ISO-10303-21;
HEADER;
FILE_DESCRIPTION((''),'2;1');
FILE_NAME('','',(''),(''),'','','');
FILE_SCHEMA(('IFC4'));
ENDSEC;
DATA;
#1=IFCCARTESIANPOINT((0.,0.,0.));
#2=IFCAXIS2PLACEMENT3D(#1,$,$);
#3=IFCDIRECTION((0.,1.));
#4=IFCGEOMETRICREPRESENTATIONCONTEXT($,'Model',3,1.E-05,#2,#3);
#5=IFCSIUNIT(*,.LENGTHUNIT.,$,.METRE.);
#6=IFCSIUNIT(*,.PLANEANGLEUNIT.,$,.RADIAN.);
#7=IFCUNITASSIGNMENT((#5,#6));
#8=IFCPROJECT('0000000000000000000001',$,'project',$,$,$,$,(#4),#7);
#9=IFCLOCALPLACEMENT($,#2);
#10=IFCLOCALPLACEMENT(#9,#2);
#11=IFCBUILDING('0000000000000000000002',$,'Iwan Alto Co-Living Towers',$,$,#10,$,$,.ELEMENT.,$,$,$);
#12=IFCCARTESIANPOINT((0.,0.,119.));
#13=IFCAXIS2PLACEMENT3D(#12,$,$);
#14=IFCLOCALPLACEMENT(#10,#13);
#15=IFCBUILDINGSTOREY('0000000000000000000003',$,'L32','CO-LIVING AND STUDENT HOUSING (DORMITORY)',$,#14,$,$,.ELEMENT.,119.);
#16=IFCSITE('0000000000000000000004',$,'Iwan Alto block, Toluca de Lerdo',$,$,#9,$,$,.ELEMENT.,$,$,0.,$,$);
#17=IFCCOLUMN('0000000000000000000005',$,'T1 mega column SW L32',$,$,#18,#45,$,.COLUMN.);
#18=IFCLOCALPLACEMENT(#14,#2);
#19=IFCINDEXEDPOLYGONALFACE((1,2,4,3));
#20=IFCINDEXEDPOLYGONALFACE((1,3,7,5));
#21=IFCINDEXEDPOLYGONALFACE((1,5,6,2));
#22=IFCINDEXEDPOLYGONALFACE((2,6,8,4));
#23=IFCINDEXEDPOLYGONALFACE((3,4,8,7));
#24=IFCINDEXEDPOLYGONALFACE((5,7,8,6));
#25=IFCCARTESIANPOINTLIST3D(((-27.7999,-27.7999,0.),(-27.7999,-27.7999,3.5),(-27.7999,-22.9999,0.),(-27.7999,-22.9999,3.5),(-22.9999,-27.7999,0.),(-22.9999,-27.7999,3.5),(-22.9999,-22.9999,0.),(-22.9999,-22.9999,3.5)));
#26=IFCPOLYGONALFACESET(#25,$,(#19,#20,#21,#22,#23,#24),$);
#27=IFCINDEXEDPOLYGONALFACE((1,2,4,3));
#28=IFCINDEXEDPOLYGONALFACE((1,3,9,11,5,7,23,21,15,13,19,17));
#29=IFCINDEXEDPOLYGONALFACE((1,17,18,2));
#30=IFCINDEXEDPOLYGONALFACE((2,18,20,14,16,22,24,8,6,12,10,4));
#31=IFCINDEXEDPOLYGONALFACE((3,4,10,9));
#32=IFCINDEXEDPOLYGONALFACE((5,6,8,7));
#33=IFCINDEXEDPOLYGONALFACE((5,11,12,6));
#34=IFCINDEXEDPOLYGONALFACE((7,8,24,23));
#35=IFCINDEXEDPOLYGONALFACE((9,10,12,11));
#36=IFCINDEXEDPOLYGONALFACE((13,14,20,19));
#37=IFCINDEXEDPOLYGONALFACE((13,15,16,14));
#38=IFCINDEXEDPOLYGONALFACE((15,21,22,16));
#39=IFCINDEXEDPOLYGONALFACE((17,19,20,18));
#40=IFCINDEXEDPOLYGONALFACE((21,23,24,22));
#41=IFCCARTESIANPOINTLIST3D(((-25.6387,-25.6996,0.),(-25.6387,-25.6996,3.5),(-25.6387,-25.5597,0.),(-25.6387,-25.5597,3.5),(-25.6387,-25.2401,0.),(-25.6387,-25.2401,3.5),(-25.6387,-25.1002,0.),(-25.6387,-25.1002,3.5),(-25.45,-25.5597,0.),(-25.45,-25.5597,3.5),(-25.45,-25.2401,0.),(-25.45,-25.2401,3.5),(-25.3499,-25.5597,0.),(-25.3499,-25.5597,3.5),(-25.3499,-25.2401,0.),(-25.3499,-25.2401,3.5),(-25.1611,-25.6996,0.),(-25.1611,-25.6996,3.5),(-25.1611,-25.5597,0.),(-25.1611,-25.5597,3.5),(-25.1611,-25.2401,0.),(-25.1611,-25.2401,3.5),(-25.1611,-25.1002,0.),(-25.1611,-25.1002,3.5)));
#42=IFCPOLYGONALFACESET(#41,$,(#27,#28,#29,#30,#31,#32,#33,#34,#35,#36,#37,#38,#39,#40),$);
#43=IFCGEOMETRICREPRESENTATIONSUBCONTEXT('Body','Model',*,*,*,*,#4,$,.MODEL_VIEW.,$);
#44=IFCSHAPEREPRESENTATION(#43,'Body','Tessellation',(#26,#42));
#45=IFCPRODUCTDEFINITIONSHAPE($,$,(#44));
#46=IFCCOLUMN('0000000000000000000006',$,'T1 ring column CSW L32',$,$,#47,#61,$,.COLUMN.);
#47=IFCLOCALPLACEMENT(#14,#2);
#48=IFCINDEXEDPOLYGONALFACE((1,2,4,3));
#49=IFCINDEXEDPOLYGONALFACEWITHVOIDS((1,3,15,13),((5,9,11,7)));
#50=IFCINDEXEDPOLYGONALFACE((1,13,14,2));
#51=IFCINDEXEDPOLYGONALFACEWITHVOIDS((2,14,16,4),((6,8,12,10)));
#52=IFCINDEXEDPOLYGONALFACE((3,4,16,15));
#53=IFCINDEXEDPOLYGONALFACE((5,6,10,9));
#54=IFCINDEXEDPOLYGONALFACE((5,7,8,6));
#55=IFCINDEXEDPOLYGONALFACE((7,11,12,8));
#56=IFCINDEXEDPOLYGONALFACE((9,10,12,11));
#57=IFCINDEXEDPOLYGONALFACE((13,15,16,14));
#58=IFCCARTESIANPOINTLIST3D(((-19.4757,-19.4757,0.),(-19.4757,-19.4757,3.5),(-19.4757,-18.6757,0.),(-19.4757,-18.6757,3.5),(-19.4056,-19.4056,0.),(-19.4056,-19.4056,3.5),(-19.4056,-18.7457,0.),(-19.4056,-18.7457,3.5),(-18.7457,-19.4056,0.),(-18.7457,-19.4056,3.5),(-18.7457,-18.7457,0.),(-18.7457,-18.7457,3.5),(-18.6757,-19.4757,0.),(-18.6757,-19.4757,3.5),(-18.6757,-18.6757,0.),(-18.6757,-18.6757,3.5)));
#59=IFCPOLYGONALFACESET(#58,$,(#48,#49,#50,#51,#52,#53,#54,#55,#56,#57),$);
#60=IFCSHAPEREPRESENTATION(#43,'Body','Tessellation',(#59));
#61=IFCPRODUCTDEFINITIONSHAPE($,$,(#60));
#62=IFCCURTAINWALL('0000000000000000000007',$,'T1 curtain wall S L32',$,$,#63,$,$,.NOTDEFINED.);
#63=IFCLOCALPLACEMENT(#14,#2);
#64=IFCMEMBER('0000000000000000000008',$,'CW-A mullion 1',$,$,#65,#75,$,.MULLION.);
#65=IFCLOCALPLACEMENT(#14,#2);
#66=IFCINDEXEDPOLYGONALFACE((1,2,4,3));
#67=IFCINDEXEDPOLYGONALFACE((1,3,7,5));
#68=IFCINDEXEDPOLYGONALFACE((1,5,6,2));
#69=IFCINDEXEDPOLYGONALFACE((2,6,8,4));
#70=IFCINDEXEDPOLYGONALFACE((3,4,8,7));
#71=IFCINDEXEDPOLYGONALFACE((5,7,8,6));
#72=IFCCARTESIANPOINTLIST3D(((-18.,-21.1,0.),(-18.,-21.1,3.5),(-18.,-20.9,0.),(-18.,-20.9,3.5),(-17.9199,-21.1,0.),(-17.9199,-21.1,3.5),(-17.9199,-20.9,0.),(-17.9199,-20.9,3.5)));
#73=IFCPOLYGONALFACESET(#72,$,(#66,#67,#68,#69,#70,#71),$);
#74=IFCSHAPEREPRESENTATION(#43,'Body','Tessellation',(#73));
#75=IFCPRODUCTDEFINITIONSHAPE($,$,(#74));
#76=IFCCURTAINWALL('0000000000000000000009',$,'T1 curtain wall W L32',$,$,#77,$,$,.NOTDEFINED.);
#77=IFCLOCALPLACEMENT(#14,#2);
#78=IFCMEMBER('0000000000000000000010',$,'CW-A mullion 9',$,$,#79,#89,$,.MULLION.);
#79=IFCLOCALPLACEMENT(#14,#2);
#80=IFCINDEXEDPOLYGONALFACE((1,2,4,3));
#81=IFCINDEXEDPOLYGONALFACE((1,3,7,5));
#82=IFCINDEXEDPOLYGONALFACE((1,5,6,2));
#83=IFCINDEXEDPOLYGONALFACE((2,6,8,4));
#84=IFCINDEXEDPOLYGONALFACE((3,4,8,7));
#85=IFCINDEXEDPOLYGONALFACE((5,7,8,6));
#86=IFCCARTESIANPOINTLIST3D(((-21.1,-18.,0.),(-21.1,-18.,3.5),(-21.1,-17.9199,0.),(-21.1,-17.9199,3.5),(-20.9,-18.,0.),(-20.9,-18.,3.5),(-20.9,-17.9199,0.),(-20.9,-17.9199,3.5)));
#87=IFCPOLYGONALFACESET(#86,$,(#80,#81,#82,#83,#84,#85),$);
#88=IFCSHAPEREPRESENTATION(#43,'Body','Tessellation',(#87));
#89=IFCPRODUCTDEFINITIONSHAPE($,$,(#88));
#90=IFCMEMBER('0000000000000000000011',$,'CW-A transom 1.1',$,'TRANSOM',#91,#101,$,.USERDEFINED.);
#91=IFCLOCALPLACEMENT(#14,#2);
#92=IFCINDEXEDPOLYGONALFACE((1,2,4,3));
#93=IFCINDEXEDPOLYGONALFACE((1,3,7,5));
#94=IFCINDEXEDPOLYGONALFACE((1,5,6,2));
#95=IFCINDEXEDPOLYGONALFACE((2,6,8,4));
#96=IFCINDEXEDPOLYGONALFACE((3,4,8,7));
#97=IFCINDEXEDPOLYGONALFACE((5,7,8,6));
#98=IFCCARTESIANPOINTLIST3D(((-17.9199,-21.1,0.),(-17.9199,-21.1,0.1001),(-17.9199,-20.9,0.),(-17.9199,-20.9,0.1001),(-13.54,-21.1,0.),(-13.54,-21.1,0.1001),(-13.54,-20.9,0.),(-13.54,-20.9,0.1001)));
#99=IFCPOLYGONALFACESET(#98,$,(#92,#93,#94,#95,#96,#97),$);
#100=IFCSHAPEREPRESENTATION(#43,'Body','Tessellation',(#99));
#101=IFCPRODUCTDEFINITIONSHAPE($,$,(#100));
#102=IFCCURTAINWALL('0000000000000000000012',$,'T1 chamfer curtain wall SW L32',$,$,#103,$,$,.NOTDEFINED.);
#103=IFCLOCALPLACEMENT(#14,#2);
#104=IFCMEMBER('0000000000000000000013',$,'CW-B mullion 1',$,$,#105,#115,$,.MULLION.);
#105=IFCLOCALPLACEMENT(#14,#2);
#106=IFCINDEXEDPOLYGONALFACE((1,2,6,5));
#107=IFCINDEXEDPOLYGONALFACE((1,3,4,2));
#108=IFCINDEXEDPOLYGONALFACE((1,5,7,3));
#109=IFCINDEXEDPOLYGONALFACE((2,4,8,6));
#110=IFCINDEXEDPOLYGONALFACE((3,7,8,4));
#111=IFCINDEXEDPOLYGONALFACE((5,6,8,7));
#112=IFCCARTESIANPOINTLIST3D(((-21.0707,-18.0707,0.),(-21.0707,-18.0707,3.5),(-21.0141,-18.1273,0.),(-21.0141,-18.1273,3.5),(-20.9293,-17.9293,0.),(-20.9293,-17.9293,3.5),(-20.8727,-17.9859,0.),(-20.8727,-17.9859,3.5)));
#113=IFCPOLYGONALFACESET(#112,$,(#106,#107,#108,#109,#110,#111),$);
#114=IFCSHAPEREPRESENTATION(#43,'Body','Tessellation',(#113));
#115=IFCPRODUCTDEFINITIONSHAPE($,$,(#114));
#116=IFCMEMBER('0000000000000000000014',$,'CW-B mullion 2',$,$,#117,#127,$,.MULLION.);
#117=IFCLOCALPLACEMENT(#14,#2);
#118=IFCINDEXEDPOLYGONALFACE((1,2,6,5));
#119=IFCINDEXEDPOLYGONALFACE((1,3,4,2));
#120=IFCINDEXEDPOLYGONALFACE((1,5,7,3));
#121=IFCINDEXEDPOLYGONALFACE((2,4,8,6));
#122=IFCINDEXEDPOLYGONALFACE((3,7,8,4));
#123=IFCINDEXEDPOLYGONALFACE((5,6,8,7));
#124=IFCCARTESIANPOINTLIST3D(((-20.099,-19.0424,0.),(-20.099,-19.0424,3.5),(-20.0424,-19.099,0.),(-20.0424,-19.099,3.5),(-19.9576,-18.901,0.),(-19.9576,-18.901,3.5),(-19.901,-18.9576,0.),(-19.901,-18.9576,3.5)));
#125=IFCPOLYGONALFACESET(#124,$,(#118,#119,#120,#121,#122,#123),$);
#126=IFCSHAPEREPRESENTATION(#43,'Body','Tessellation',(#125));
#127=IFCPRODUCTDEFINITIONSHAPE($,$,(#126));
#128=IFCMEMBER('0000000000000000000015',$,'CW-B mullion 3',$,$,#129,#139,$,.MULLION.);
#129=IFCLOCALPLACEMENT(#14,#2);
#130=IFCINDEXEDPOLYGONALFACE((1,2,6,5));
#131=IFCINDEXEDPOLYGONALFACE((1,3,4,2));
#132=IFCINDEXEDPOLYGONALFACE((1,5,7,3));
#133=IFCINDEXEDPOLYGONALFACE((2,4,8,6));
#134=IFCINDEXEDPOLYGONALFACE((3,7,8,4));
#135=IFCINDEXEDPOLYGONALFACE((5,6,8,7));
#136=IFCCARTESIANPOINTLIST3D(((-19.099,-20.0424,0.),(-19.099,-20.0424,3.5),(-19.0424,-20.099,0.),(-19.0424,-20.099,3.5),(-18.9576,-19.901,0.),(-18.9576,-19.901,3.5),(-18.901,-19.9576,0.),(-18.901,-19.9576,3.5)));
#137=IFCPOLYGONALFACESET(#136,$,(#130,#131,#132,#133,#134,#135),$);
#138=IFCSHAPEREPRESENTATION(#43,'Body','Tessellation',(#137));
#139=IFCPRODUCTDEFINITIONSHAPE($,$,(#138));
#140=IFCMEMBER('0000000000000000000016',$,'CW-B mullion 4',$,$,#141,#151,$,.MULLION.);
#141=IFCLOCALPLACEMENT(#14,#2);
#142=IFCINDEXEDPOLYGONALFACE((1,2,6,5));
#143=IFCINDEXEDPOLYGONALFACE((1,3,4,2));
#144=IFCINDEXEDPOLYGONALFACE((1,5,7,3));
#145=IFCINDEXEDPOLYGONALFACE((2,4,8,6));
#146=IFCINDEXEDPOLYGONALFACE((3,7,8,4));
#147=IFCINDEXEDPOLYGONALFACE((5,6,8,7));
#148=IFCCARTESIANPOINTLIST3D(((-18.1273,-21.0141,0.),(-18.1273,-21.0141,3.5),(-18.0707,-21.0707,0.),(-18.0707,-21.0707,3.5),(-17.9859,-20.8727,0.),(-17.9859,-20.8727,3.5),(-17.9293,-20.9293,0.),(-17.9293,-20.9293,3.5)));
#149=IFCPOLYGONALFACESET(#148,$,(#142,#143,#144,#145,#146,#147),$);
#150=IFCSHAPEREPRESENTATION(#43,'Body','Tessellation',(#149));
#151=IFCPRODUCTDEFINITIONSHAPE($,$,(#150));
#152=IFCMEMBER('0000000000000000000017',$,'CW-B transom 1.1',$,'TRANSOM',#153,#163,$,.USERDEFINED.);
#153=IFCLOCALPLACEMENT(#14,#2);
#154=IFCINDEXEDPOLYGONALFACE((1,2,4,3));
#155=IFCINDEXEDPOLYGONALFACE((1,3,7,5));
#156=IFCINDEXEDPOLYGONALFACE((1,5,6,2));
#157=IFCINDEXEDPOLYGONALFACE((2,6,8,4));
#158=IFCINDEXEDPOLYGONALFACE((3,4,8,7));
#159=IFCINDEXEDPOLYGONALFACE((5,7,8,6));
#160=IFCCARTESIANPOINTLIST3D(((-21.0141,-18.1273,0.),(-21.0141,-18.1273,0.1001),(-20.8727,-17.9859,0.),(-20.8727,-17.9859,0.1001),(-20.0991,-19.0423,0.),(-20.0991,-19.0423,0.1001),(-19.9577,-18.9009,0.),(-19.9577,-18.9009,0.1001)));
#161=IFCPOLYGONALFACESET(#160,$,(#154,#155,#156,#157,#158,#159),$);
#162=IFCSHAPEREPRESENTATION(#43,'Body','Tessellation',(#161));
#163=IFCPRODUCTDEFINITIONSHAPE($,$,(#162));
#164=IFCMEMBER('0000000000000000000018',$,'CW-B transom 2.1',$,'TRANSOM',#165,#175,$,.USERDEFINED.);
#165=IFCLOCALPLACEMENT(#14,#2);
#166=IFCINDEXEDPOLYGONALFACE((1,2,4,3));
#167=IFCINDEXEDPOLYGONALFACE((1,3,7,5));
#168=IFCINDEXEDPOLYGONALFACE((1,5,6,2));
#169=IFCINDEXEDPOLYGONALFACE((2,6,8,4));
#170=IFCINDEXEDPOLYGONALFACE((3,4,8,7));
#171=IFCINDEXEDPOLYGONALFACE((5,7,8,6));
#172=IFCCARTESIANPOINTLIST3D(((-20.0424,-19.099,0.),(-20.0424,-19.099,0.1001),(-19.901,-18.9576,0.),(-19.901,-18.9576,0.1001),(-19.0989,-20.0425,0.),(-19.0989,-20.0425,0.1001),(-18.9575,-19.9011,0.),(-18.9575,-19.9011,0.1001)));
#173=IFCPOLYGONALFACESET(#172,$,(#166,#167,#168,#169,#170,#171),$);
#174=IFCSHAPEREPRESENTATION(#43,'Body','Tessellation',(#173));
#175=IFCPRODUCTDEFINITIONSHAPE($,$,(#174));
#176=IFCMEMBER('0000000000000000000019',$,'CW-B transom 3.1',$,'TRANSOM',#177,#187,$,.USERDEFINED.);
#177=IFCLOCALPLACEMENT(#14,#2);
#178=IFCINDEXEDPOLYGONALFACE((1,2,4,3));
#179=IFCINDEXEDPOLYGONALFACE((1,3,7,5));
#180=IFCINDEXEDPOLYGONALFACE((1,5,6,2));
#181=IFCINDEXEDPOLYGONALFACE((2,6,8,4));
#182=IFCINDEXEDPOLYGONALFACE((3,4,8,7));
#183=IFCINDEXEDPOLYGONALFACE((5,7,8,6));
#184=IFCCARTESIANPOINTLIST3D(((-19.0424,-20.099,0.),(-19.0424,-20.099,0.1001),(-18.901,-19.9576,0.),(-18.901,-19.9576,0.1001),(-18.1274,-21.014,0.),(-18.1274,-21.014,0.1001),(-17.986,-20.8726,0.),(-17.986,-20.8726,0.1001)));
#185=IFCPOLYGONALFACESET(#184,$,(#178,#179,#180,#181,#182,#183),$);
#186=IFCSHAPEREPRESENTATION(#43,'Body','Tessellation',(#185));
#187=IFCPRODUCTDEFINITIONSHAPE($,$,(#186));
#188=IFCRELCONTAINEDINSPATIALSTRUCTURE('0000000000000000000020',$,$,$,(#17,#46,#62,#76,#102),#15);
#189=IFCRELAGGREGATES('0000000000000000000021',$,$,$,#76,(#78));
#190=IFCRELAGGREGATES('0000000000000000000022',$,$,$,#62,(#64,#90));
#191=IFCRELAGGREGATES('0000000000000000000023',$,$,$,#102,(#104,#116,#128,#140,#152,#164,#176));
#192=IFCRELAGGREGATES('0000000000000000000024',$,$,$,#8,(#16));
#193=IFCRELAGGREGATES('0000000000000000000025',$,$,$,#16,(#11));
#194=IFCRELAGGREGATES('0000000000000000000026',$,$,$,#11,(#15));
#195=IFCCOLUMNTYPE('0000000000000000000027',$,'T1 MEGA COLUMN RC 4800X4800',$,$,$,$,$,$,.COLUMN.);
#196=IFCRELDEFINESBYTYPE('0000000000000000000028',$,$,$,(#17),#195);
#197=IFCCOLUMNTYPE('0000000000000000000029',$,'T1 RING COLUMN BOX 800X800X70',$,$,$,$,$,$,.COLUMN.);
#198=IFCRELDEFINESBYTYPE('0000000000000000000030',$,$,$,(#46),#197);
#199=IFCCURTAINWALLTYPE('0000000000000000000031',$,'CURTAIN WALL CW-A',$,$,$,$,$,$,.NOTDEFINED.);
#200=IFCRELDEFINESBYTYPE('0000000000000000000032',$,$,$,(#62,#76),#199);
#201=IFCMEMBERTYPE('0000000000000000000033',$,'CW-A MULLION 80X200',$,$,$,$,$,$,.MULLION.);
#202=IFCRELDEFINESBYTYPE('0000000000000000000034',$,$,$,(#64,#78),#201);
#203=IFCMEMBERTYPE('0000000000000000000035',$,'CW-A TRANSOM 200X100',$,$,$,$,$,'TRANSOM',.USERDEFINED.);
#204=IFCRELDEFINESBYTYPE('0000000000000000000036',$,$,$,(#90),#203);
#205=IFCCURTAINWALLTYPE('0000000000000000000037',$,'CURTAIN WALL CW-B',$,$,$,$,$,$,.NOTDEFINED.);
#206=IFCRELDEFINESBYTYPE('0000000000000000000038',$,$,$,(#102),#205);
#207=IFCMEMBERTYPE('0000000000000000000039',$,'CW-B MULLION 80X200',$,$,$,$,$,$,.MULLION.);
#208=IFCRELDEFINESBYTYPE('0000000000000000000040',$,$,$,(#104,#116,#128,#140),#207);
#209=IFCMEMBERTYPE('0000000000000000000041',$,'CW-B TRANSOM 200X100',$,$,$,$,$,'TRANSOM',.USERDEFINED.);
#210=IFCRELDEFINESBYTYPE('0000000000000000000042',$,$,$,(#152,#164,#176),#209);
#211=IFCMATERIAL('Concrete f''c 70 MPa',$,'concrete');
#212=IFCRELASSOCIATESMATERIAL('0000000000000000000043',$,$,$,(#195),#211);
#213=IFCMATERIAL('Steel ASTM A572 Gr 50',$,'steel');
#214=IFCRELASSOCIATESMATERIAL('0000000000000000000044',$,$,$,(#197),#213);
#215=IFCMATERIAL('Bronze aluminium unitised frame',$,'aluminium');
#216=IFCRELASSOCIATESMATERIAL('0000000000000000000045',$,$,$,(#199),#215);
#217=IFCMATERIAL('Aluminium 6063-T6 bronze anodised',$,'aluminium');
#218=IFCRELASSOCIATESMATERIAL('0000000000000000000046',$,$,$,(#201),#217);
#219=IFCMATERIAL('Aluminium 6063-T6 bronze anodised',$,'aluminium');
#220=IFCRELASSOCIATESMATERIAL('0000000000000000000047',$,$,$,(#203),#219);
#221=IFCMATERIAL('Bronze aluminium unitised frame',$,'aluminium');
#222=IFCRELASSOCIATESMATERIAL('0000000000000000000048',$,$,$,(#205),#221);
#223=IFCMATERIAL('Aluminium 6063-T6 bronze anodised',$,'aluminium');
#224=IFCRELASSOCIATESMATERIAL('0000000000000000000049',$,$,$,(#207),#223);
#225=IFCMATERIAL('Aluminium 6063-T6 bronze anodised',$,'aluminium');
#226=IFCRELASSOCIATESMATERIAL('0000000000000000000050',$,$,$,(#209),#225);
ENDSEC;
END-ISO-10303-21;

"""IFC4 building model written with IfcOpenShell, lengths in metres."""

from ifc_helpers import new_model, si_unit, direction, frame, origin, origin_2d, place, context, subcontext, project, spatial, rectangle, hollow_rectangle, i_section, extrude, material, material_profile, profile_set, type_object, element, aggregate, save


model = new_model("IFC4")

# Units and contexts
model_context = context("Model", 3, precision=1e-05, world=origin(), true_north=direction((0.0, 1.0)))
body_context = subcontext(model_context, "Body", "Model", "MODEL_VIEW")
ifc_project = project(units=[si_unit("LENGTHUNIT", "METRE"), si_unit("PLANEANGLEUNIT", "RADIAN")], contexts=[model_context])

# Site, building, storey
site_placement = place(None, origin())
site = spatial("IfcSite", under=ifc_project, at=site_placement, Name="Iwan Alto block, Toluca de Lerdo", CompositionType="ELEMENT", RefElevation=0.0)
building_placement = place(site_placement, origin())
building = spatial("IfcBuilding", under=site, at=building_placement, Name="Iwan Alto Co-Living Towers", CompositionType="ELEMENT")
storey_placement = place(building_placement, frame((0.0, 0.0, 119.0)))
storey = spatial("IfcBuildingStorey", under=building, at=storey_placement, Name="L32", Description="CO-LIVING AND STUDENT HOUSING (DORMITORY)", CompositionType="ELEMENT", Elevation=119.0)

# Columns
ifc_material_1 = material(Name="Concrete f'c 70 MPa", Category="concrete")
ifc_material_profile_1 = material_profile(ifc_material_1, rectangle(XDim=4.8, YDim=4.8, at=origin_2d()), Name="RC 4800X4800")
ifc_profile_set_1 = profile_set([ifc_material_profile_1], Name="Concrete f'c 70 MPa")
column_type_1 = type_object("IfcColumnType", Name="T1 MEGA COLUMN RC 4800X4800", PredefinedType="COLUMN", material=ifc_profile_set_1)
column_1_placement = place(storey_placement, frame((-25.3999, -25.3999, 0.0), z_axis=(0.0, 0.0, 1.0), x_axis=(1.0, 0.0, 0.0)))
element("IfcColumn", 1, at=column_1_placement, inside=storey, type_object=column_type_1, Name="T1 mega column SW L32", PredefinedType="COLUMN", context=body_context, shape_type="SweptSolid", body=[
    extrude(rectangle(XDim=4.8, YDim=4.8, at=origin_2d()), origin(), (0.0, 0.0, 1.0), 3.5),
    extrude(i_section(OverallWidth=0.4775, OverallDepth=0.5994, WebThickness=0.1001, FlangeThickness=0.1399, at=origin_2d()), origin(), (0.0, 0.0, 1.0), 3.5),
])
ifc_material_2 = material(Name="Steel ASTM A572 Gr 50", Category="steel")
ifc_material_profile_2 = material_profile(ifc_material_2, hollow_rectangle(XDim=0.8, YDim=0.8, WallThickness=0.0701, at=origin_2d()), Name="BOX 800X800X70")
ifc_profile_set_2 = profile_set([ifc_material_profile_2], Name="Steel ASTM A572 Gr 50")
column_type_2 = type_object("IfcColumnType", Name="T1 RING COLUMN BOX 800X800X70", PredefinedType="COLUMN", material=ifc_profile_set_2)
column_2_placement = place(storey_placement, frame((-19.0757, -19.0757, 0.0), z_axis=(0.0, 0.0, 1.0), x_axis=(1.0, 0.0, 0.0)))
element("IfcColumn", 2, at=column_2_placement, inside=storey, type_object=column_type_2, Name="T1 ring column CSW L32", PredefinedType="COLUMN", context=body_context, shape_type="SweptSolid", body=[
    extrude(hollow_rectangle(XDim=0.8, YDim=0.8, WallThickness=0.0701, at=origin_2d()), origin(), (0.0, 0.0, 1.0), 3.5),
])

# Curtain walls, members
ifc_material_3 = material(Name="Bronze aluminium unitised frame", Category="aluminium")
curtain_wall_type_1 = type_object("IfcCurtainWallType", Name="CURTAIN WALL CW-A", PredefinedType="NOTDEFINED", material=ifc_material_3)
curtain_wall_1_placement = place(storey_placement, origin())
curtain_wall_1 = element("IfcCurtainWall", 3, at=curtain_wall_1_placement, inside=storey, type_object=curtain_wall_type_1, Name="T1 curtain wall S L32", PredefinedType="NOTDEFINED")
ifc_material_4 = material(Name="Aluminium 6063-T6 bronze anodised", Category="aluminium")
ifc_material_profile_3 = material_profile(ifc_material_4, rectangle(XDim=0.2, YDim=0.0801, at=origin_2d()), Name="AL 80X200")
ifc_profile_set_3 = profile_set([ifc_material_profile_3], Name="Aluminium 6063-T6 bronze anodised")
member_type_1 = type_object("IfcMemberType", Name="CW-A MULLION 80X200", PredefinedType="MULLION", material=ifc_profile_set_3)
member_1_placement = place(storey_placement, frame((-17.96, -21.0, 0.0), z_axis=(0.0, 0.0, 1.0), x_axis=(0.0, 1.0, 0.0)))
member_1 = element("IfcMember", 4, at=member_1_placement, type_object=member_type_1, Name="CW-A mullion 1", PredefinedType="MULLION", context=body_context, shape_type="SweptSolid", body=[
    extrude(rectangle(XDim=0.2, YDim=0.0801, at=origin_2d()), origin(), (0.0, 0.0, 1.0), 3.5),
])
curtain_wall_2_placement = place(storey_placement, origin())
curtain_wall_2 = element("IfcCurtainWall", 5, at=curtain_wall_2_placement, inside=storey, type_object=curtain_wall_type_1, Name="T1 curtain wall W L32", PredefinedType="NOTDEFINED")
member_2_placement = place(storey_placement, frame((-21.0, -17.96, 0.0), z_axis=(0.0, 0.0, 1.0), x_axis=(1.0, 0.0, 0.0)))
member_2 = element("IfcMember", 6, at=member_2_placement, type_object=member_type_1, Name="CW-A mullion 9", PredefinedType="MULLION", context=body_context, shape_type="SweptSolid", body=[
    extrude(rectangle(XDim=0.2, YDim=0.0801, at=origin_2d()), origin(), (0.0, 0.0, 1.0), 3.5),
])
aggregate(curtain_wall_2, [member_2])

# Member
ifc_material_5 = material(Name="Aluminium 6063-T6 bronze anodised", Category="aluminium")
ifc_material_profile_4 = material_profile(ifc_material_5, rectangle(XDim=0.2, YDim=0.1001, at=origin_2d()), Name="AL 200X100")
ifc_profile_set_4 = profile_set([ifc_material_profile_4], Name="Aluminium 6063-T6 bronze anodised")
member_type_2 = type_object("IfcMemberType", Name="CW-A TRANSOM 200X100", ElementType="TRANSOM", PredefinedType="USERDEFINED", material=ifc_profile_set_4)
member_3_placement = place(storey_placement, frame((-17.9199, -21.0, 0.05), z_axis=(1.0, 0.0, 0.0), x_axis=(0.0, 1.0, 0.0)))
member_3 = element("IfcMember", 7, at=member_3_placement, type_object=member_type_2, Name="CW-A transom 1.1", ObjectType="TRANSOM", PredefinedType="USERDEFINED", context=body_context, shape_type="SweptSolid", body=[
    extrude(rectangle(XDim=0.2, YDim=0.1001, at=origin_2d()), origin(), (0.0, 0.0, 1.0), 4.3799),
])

# Curtain wall, members
ifc_material_6 = material(Name="Bronze aluminium unitised frame", Category="aluminium")
curtain_wall_type_2 = type_object("IfcCurtainWallType", Name="CURTAIN WALL CW-B", PredefinedType="NOTDEFINED", material=ifc_material_6)
curtain_wall_3_placement = place(storey_placement, origin())
curtain_wall_3 = element("IfcCurtainWall", 8, at=curtain_wall_3_placement, inside=storey, type_object=curtain_wall_type_2, Name="T1 chamfer curtain wall SW L32", PredefinedType="NOTDEFINED")
ifc_material_7 = material(Name="Aluminium 6063-T6 bronze anodised", Category="aluminium")
ifc_material_profile_5 = material_profile(ifc_material_7, rectangle(XDim=0.2, YDim=0.0801, at=origin_2d()), Name="AL 80X200")
ifc_profile_set_5 = profile_set([ifc_material_profile_5], Name="Aluminium 6063-T6 bronze anodised")
member_type_3 = type_object("IfcMemberType", Name="CW-B MULLION 80X200", PredefinedType="MULLION", material=ifc_profile_set_5)
member_4_placement = place(storey_placement, frame((-20.9717, -18.0283, 0.0), z_axis=(0.0, 0.0, 1.0), x_axis=(0.707107, 0.707107, 0.0)))
member_4 = element("IfcMember", 9, at=member_4_placement, type_object=member_type_3, Name="CW-B mullion 1", PredefinedType="MULLION", context=body_context, shape_type="SweptSolid", body=[
    extrude(rectangle(XDim=0.2, YDim=0.0801, at=origin_2d()), origin(), (0.0, 0.0, 1.0), 3.5),
])
member_5_placement = place(storey_placement, frame((-20.0, -19.0, 0.0), z_axis=(0.0, 0.0, 1.0), x_axis=(0.707107, 0.707107, 0.0)))
member_5 = element("IfcMember", 10, at=member_5_placement, type_object=member_type_3, Name="CW-B mullion 2", PredefinedType="MULLION", context=body_context, shape_type="SweptSolid", body=[
    extrude(rectangle(XDim=0.2, YDim=0.0801, at=origin_2d()), origin(), (0.0, 0.0, 1.0), 3.5),
])
member_6_placement = place(storey_placement, frame((-19.0, -20.0, 0.0), z_axis=(0.0, 0.0, 1.0), x_axis=(0.707107, 0.707107, 0.0)))
member_6 = element("IfcMember", 11, at=member_6_placement, type_object=member_type_3, Name="CW-B mullion 3", PredefinedType="MULLION", context=body_context, shape_type="SweptSolid", body=[
    extrude(rectangle(XDim=0.2, YDim=0.0801, at=origin_2d()), origin(), (0.0, 0.0, 1.0), 3.5),
])
member_7_placement = place(storey_placement, frame((-18.0283, -20.9717, 0.0), z_axis=(0.0, 0.0, 1.0), x_axis=(0.707107, 0.707107, 0.0)))
member_7 = element("IfcMember", 12, at=member_7_placement, type_object=member_type_3, Name="CW-B mullion 4", PredefinedType="MULLION", context=body_context, shape_type="SweptSolid", body=[
    extrude(rectangle(XDim=0.2, YDim=0.0801, at=origin_2d()), origin(), (0.0, 0.0, 1.0), 3.5),
])
ifc_material_8 = material(Name="Aluminium 6063-T6 bronze anodised", Category="aluminium")
ifc_material_profile_6 = material_profile(ifc_material_8, rectangle(XDim=0.2, YDim=0.1001, at=origin_2d()), Name="AL 200X100")
ifc_profile_set_6 = profile_set([ifc_material_profile_6], Name="Aluminium 6063-T6 bronze anodised")
member_type_4 = type_object("IfcMemberType", Name="CW-B TRANSOM 200X100", ElementType="TRANSOM", PredefinedType="USERDEFINED", material=ifc_profile_set_6)
member_8_placement = place(storey_placement, frame((-20.9434, -18.0566, 0.05), z_axis=(0.707107, -0.707107, 0.0), x_axis=(0.707107, 0.707107, 0.0)))
member_8 = element("IfcMember", 13, at=member_8_placement, type_object=member_type_4, Name="CW-B transom 1.1", ObjectType="TRANSOM", PredefinedType="USERDEFINED", context=body_context, shape_type="SweptSolid", body=[
    extrude(rectangle(XDim=0.2, YDim=0.1001, at=origin_2d()), origin(), (0.0, 0.0, 1.0), 1.2939),
])
member_9_placement = place(storey_placement, frame((-19.9717, -19.0283, 0.05), z_axis=(0.707107, -0.707107, 0.0), x_axis=(0.707107, 0.707107, 0.0)))
member_9 = element("IfcMember", 14, at=member_9_placement, type_object=member_type_4, Name="CW-B transom 2.1", ObjectType="TRANSOM", PredefinedType="USERDEFINED", context=body_context, shape_type="SweptSolid", body=[
    extrude(rectangle(XDim=0.2, YDim=0.1001, at=origin_2d()), origin(), (0.0, 0.0, 1.0), 1.3342),
])
member_10_placement = place(storey_placement, frame((-18.9717, -20.0283, 0.05), z_axis=(0.707107, -0.707107, 0.0), x_axis=(0.707107, 0.707107, 0.0)))
member_10 = element("IfcMember", 15, at=member_10_placement, type_object=member_type_4, Name="CW-B transom 3.1", ObjectType="TRANSOM", PredefinedType="USERDEFINED", context=body_context, shape_type="SweptSolid", body=[
    extrude(rectangle(XDim=0.2, YDim=0.1001, at=origin_2d()), origin(), (0.0, 0.0, 1.0), 1.2939),
])

aggregate(curtain_wall_1, [member_1, member_3])
aggregate(curtain_wall_3, [member_4, member_5, member_6, member_7, member_8, member_9, member_10])

save(model, "model.ifc")
